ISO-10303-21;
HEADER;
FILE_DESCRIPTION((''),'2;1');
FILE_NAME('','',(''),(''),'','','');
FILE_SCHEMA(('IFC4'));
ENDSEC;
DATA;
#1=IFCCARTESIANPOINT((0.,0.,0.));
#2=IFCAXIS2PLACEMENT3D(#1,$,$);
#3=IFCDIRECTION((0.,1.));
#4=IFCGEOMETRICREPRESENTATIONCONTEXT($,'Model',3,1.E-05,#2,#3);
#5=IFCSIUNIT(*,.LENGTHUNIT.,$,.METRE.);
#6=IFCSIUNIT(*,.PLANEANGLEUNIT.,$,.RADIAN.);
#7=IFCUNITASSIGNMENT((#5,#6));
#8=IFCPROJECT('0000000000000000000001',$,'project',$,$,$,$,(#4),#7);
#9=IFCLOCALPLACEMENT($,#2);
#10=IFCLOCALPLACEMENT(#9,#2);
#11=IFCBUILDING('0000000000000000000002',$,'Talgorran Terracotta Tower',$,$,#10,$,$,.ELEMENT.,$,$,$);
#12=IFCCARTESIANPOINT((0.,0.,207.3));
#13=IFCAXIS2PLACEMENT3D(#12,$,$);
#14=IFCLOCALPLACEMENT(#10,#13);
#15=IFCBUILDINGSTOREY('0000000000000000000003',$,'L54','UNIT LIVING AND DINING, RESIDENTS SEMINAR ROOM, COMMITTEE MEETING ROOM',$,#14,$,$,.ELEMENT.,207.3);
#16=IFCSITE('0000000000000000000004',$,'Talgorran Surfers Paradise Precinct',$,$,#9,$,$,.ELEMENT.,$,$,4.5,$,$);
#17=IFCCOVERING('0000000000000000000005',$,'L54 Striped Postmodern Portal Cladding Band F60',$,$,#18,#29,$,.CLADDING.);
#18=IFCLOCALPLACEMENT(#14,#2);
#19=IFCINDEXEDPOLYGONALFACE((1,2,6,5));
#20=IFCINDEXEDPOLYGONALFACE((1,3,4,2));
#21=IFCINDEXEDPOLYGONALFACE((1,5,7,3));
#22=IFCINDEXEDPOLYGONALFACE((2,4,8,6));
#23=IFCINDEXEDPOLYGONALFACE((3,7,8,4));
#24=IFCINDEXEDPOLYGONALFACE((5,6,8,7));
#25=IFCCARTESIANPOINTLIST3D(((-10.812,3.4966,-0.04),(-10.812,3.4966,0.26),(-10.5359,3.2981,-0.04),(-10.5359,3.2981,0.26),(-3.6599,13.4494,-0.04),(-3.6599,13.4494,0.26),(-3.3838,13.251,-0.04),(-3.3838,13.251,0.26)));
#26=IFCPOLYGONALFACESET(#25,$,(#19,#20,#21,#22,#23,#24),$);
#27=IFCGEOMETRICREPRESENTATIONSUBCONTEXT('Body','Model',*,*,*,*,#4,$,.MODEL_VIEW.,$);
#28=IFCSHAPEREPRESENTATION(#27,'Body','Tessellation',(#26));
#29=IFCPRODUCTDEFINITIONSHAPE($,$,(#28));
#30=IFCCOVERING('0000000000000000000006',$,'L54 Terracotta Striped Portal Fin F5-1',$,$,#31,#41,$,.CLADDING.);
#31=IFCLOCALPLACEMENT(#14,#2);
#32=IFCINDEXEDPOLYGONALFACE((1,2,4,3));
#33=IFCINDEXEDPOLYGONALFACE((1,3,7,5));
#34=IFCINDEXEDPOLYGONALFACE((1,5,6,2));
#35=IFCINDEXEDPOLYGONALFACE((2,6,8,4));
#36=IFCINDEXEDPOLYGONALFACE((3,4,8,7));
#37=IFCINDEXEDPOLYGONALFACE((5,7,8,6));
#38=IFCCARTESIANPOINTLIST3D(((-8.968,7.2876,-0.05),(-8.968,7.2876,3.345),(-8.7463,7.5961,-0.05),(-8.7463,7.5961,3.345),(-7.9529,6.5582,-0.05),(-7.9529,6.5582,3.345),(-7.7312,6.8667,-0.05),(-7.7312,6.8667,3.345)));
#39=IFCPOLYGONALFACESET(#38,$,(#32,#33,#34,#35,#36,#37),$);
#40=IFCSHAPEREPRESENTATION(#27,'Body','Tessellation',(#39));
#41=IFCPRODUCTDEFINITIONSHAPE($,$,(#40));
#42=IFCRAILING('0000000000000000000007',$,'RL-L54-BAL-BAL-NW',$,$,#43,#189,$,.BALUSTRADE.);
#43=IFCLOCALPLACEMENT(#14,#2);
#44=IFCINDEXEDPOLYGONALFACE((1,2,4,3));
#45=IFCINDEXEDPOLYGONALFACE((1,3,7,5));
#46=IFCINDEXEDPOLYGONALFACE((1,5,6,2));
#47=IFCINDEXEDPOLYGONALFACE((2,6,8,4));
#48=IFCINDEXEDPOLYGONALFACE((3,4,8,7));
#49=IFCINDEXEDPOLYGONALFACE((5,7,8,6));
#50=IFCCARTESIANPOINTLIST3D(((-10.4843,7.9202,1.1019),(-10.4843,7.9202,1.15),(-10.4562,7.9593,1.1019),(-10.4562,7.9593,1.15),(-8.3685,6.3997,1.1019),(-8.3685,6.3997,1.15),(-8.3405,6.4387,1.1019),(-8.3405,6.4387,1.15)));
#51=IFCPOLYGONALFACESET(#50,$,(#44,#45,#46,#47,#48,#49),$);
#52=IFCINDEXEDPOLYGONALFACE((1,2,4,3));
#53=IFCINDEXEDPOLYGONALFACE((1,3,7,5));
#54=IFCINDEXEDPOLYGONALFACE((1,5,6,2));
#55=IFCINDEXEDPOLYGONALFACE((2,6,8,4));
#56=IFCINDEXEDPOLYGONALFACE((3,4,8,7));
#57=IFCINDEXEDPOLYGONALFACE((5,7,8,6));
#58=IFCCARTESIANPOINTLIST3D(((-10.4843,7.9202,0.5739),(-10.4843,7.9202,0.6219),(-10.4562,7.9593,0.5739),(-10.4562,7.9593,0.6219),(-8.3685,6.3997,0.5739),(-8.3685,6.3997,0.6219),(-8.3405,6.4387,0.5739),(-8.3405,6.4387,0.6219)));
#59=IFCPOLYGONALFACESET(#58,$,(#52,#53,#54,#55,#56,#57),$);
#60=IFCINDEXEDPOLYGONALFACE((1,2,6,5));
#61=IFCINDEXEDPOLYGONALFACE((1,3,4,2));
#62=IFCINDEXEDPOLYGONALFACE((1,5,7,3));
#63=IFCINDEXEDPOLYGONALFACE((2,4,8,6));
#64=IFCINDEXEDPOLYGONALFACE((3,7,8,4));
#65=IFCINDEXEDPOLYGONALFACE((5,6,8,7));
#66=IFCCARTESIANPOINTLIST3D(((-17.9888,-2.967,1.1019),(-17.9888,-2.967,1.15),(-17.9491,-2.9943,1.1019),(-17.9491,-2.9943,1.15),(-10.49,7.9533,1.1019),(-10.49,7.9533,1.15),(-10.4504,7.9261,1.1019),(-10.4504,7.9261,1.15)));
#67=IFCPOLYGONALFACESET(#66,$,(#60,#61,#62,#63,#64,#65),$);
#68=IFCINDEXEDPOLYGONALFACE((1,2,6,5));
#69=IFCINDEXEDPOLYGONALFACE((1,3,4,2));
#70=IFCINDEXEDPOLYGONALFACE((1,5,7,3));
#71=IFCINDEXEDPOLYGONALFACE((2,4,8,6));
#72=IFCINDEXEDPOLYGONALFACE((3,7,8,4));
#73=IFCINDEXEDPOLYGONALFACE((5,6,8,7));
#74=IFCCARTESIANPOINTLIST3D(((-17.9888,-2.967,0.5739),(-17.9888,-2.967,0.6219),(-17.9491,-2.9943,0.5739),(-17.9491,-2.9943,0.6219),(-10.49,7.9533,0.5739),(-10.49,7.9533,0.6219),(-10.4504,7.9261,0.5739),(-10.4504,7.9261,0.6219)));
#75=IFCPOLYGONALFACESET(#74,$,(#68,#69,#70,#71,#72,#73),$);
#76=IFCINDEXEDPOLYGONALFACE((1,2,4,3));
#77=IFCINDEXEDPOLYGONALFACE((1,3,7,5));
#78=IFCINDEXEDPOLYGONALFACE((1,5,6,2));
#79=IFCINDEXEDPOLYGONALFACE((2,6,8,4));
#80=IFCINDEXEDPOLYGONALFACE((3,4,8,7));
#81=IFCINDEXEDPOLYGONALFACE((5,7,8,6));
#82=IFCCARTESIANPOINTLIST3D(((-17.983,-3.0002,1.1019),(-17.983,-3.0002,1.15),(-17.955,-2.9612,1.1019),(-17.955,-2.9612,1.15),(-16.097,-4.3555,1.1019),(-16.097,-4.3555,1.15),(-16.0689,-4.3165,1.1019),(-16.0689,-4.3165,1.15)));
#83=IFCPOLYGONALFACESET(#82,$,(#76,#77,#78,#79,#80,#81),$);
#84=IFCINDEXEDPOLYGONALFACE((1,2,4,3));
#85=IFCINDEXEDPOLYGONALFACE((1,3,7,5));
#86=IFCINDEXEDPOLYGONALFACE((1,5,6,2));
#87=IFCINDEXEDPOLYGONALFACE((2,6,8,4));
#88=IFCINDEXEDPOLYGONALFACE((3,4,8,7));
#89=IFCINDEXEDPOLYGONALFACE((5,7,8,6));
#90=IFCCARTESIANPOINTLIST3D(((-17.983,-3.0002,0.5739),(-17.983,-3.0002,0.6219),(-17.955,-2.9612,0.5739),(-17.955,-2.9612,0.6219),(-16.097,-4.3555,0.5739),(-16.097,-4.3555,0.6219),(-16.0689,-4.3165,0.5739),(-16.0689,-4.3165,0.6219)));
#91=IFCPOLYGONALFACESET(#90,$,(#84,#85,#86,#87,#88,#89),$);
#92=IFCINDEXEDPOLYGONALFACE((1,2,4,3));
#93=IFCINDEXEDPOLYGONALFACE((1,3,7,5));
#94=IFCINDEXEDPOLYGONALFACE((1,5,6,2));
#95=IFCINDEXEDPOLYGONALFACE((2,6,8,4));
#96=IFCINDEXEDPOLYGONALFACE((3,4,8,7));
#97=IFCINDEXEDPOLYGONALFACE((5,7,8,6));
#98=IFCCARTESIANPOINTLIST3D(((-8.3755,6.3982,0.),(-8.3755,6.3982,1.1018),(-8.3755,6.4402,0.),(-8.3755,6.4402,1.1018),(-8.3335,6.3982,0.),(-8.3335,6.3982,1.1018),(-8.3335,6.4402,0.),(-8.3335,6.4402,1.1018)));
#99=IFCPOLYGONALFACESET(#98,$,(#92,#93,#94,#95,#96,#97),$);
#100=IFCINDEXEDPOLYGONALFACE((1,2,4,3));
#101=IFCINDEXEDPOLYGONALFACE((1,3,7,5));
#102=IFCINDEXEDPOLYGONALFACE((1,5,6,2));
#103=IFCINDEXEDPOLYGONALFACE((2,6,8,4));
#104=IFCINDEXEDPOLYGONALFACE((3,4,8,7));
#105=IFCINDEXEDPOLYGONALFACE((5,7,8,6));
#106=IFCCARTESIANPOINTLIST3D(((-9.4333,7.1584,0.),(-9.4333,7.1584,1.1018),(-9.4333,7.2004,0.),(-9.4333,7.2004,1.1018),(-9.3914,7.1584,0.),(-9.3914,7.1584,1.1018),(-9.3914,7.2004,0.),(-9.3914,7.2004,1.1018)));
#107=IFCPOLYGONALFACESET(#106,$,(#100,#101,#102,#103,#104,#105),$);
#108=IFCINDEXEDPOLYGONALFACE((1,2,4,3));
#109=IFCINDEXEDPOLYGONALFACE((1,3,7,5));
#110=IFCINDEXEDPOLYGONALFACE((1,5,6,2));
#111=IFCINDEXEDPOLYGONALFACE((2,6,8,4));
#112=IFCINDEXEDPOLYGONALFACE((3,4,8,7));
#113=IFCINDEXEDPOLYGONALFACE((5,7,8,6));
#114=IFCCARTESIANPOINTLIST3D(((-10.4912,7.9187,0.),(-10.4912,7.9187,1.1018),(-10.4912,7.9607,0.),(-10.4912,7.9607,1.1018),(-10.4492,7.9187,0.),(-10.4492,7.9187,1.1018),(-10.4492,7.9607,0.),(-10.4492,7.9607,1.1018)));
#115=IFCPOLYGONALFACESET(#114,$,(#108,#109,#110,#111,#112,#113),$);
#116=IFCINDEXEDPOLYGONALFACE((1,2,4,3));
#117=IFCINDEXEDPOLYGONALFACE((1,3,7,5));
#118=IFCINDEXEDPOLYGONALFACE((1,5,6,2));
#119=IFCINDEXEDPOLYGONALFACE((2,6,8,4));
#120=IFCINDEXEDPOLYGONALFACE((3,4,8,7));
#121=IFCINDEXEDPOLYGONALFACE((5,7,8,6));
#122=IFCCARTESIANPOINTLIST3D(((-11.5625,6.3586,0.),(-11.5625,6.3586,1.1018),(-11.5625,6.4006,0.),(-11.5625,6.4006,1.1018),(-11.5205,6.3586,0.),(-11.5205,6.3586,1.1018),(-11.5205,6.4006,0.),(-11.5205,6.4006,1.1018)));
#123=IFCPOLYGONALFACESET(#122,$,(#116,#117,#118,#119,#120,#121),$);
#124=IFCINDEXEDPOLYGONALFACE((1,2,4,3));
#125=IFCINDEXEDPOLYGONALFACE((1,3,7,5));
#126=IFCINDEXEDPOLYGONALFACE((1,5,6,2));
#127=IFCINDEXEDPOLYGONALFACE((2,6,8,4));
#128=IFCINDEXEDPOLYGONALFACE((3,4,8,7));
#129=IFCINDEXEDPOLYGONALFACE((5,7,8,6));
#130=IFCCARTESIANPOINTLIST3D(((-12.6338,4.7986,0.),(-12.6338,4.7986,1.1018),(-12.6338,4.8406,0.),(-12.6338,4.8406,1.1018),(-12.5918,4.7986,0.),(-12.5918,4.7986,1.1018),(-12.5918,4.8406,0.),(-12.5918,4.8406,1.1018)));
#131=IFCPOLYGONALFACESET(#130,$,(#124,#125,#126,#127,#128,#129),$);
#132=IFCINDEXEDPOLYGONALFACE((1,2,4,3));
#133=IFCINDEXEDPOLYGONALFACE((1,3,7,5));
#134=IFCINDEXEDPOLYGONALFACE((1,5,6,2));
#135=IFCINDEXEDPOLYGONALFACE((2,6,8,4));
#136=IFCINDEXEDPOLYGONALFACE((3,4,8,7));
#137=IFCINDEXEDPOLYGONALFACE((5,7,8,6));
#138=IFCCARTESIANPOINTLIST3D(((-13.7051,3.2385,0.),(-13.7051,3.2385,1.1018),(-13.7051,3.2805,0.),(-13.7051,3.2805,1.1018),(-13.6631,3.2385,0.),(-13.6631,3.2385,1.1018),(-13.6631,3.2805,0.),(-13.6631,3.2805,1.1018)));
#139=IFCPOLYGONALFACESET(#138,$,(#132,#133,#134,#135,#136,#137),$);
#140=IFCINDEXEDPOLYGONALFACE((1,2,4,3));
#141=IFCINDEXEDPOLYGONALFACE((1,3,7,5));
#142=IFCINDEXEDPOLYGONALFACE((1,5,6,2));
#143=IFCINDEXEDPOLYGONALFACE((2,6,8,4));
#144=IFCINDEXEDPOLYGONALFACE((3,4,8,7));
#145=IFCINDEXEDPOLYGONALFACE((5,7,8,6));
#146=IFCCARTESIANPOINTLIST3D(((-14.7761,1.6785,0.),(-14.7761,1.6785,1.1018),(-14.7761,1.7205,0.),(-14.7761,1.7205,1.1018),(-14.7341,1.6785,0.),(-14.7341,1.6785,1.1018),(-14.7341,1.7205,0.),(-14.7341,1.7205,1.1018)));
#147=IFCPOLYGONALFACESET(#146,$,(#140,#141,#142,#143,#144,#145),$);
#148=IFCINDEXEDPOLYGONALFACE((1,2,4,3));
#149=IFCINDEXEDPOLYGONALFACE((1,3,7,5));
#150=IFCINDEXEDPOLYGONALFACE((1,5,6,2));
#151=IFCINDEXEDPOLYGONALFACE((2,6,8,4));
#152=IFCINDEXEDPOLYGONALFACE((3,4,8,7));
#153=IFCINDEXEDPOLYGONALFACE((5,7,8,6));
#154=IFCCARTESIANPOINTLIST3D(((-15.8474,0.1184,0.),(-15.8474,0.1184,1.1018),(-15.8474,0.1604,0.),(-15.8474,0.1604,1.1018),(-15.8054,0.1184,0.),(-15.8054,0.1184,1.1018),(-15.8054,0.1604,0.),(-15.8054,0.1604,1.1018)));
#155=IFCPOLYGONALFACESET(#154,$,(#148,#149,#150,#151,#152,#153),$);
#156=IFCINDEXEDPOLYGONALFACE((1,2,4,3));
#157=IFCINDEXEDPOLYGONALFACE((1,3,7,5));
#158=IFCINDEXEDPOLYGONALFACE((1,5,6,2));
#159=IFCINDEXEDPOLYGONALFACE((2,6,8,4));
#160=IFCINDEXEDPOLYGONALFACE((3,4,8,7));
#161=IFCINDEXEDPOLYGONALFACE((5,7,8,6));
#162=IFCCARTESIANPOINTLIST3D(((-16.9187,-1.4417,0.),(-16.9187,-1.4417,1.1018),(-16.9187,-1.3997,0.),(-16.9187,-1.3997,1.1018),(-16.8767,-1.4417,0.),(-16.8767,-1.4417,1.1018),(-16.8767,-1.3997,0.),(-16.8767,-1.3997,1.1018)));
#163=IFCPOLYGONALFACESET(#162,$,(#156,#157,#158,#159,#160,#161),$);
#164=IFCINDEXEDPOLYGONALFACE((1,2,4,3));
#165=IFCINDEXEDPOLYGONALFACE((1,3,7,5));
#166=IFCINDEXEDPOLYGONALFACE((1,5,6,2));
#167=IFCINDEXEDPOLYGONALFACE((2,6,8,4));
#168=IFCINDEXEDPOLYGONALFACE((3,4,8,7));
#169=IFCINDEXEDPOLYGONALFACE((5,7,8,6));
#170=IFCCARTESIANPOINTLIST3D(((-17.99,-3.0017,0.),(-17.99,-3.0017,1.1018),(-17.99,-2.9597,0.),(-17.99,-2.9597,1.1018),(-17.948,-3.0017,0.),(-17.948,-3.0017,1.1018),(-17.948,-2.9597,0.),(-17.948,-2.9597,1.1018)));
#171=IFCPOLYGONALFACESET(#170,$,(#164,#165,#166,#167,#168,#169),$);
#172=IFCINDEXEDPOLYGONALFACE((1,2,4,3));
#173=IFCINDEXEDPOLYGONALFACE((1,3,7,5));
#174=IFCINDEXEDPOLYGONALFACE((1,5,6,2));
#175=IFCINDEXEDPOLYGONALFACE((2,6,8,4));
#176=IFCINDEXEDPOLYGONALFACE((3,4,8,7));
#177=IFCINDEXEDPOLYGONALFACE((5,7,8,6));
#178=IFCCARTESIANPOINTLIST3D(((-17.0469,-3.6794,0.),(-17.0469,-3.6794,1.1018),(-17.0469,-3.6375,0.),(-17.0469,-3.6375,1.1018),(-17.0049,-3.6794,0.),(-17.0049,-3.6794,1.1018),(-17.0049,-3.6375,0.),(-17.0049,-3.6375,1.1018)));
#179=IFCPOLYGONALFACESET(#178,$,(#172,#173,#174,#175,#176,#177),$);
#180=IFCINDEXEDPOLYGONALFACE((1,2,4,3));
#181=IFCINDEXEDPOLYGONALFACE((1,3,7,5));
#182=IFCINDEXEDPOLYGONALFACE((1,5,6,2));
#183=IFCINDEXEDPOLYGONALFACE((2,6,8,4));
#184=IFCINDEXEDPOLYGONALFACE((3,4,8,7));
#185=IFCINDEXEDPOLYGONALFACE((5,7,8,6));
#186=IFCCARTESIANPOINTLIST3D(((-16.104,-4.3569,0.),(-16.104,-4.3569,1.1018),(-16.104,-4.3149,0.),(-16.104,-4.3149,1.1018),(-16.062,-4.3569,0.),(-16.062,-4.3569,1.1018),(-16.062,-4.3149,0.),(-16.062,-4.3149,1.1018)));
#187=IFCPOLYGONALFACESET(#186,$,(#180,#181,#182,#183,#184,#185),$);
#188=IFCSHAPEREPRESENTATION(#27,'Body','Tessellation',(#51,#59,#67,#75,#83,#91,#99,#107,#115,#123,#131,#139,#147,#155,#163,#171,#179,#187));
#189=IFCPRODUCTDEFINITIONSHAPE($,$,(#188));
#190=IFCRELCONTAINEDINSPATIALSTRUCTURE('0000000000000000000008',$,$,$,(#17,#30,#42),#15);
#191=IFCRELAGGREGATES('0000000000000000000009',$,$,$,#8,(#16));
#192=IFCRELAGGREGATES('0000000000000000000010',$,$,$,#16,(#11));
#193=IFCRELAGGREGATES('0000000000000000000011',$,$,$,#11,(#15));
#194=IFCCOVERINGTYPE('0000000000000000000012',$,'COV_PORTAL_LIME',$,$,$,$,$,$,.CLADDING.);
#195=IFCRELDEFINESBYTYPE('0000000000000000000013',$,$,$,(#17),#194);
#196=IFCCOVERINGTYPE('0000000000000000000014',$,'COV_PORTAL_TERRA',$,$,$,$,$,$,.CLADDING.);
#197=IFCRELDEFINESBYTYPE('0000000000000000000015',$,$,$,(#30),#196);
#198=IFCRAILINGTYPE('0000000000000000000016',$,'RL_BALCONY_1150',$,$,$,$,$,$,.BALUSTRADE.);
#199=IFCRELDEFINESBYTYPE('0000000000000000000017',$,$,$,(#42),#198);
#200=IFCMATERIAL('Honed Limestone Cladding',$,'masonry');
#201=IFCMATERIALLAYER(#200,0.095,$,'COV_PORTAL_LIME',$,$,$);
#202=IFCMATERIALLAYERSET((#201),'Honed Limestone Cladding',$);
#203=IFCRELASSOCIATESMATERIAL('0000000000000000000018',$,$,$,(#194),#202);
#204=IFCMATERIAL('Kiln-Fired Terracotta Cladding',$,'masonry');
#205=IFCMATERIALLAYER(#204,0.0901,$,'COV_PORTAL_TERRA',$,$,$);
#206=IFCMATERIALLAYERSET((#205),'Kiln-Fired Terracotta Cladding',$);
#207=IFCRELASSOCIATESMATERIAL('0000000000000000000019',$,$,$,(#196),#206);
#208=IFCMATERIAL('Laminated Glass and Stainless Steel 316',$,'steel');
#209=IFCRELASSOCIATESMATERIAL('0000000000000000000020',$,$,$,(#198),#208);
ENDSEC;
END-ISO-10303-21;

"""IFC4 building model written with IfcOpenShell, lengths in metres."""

from ifc_helpers import new_model, si_unit, direction, frame, origin, origin_2d, place, context, subcontext, project, spatial, rectangle, extrude, material, layer, layer_set, type_object, element, save


model = new_model("IFC4")

# Units and contexts
model_context = context("Model", 3, precision=1e-05, world=origin(), true_north=direction((0.0, 1.0)))
body_context = subcontext(model_context, "Body", "Model", "MODEL_VIEW")
ifc_project = project(units=[si_unit("LENGTHUNIT", "METRE"), si_unit("PLANEANGLEUNIT", "RADIAN")], contexts=[model_context])

# Site, building, storey
site_placement = place(None, origin())
site = spatial("IfcSite", under=ifc_project, at=site_placement, Name="Talgorran Surfers Paradise Precinct", CompositionType="ELEMENT", RefElevation=4.5)
building_placement = place(site_placement, origin())
building = spatial("IfcBuilding", under=site, at=building_placement, Name="Talgorran Terracotta Tower", CompositionType="ELEMENT")
storey_placement = place(building_placement, frame((0.0, 0.0, 207.3)))
storey = spatial("IfcBuildingStorey", under=building, at=storey_placement, Name="L54", Description="UNIT LIVING AND DINING, RESIDENTS SEMINAR ROOM, COMMITTEE MEETING ROOM", CompositionType="ELEMENT", Elevation=207.3)

# Coverings
ifc_material_1 = material(Name="Honed Limestone Cladding", Category="masonry")
ifc_layer_1 = layer(ifc_material_1, 0.095, Name="COV_PORTAL_LIME")
ifc_layer_set_1 = layer_set([ifc_layer_1], Name="Honed Limestone Cladding")
covering_type_1 = type_object("IfcCoveringType", Name="COV_PORTAL_LIME", PredefinedType="CLADDING", material=ifc_layer_set_1)
covering_1_placement = place(storey_placement, frame((-7.0979, 8.3738, -0.04), z_axis=(0.0, 0.0, 1.0), x_axis=(-0.583555, -0.812073, 0.0)))
element("IfcCovering", 1, at=covering_1_placement, inside=storey, type_object=covering_type_1, Name="L54 Striped Postmodern Portal Cladding Band F60", PredefinedType="CLADDING", context=body_context, shape_type="SweptSolid", body=[
    extrude(rectangle(XDim=12.2561, YDim=0.3401, at=origin_2d()), origin(), (0.0, 0.0, 1.0), 0.3),
])
ifc_material_2 = material(Name="Kiln-Fired Terracotta Cladding", Category="masonry")
ifc_layer_2 = layer(ifc_material_2, 0.0901, Name="COV_PORTAL_TERRA")
ifc_layer_set_2 = layer_set([ifc_layer_2], Name="Kiln-Fired Terracotta Cladding")
covering_type_2 = type_object("IfcCoveringType", Name="COV_PORTAL_TERRA", PredefinedType="CLADDING", material=ifc_layer_set_2)
covering_2_placement = place(storey_placement, frame((-8.3496, 7.0771, -0.05), z_axis=(0.0, 0.0, 1.0), x_axis=(-0.583555, -0.812073, 0.0)))
element("IfcCovering", 2, at=covering_2_placement, inside=storey, type_object=covering_type_2, Name="L54 Terracotta Striped Portal Fin F5-1", PredefinedType="CLADDING", context=body_context, shape_type="SweptSolid", body=[
    extrude(rectangle(XDim=0.3799, YDim=1.25, at=origin_2d()), origin(), (0.0, 0.0, 1.0), 3.395),
])

# Railing
ifc_material_3 = material(Name="Laminated Glass and Stainless Steel 316", Category="steel")
railing_type = type_object("IfcRailingType", Name="RL_BALCONY_1150", PredefinedType="BALUSTRADE", material=ifc_material_3)
railing_placement = place(storey_placement, frame((-8.3545, 6.4192, 0.0)))
element("IfcRailing", 3, at=railing_placement, inside=storey, type_object=railing_type, Name="RL-L54-BAL-BAL-NW", PredefinedType="BALUSTRADE", context=body_context, shape_type="SweptSolid", body=[
    extrude(rectangle(XDim=0.0481, YDim=0.0481, at=origin_2d()), frame((0.0, 0.0, 1.126), z_axis=(-0.812046, 0.583594, 0.0), x_axis=(-0.583594, -0.812046, 0.0)), (0.0, 0.0, 1.0), 2.6055),
    extrude(rectangle(XDim=0.0481, YDim=0.0481, at=origin_2d()), frame((0.0, 0.0, 0.5979), z_axis=(-0.812046, 0.583594, 0.0), x_axis=(-0.583594, -0.812046, 0.0)), (0.0, 0.0, 1.0), 2.6055),
    extrude(rectangle(XDim=0.0481, YDim=0.0481, at=origin_2d()), frame((-2.1157, 1.5205, 1.126), z_axis=(-0.566067, -0.824359, 0.0), x_axis=(0.824359, -0.566067, 0.0)), (0.0, 0.0, 1.0), 13.2471),
    extrude(rectangle(XDim=0.0481, YDim=0.0481, at=origin_2d()), frame((-2.1157, 1.5205, 0.5979), z_axis=(-0.566067, -0.824359, 0.0), x_axis=(0.824359, -0.566067, 0.0)), (0.0, 0.0, 1.0), 13.2471),
    extrude(rectangle(XDim=0.0481, YDim=0.0481, at=origin_2d()), frame((-9.6145, -9.3999, 1.126), z_axis=(0.812082, -0.583543, 0.0), x_axis=(0.583543, 0.812082, 0.0)), (0.0, 0.0, 1.0), 2.3225),
    extrude(rectangle(XDim=0.0481, YDim=0.0481, at=origin_2d()), frame((-9.6145, -9.3999, 0.5979), z_axis=(0.812082, -0.583543, 0.0), x_axis=(0.583543, 0.812082, 0.0)), (0.0, 0.0, 1.0), 2.3225),
    extrude(rectangle(XDim=0.042, YDim=0.042, at=origin_2d()), origin(), (0.0, 0.0, 1.0), 1.1018),
    extrude(rectangle(XDim=0.042, YDim=0.042, at=origin_2d()), frame((-1.0579, 0.7603, 0.0)), (0.0, 0.0, 1.0), 1.1018),
    extrude(rectangle(XDim=0.042, YDim=0.042, at=origin_2d()), frame((-2.1157, 1.5205, 0.0)), (0.0, 0.0, 1.0), 1.1018),
    extrude(rectangle(XDim=0.042, YDim=0.042, at=origin_2d()), frame((-3.187, -0.0396, 0.0)), (0.0, 0.0, 1.0), 1.1018),
    extrude(rectangle(XDim=0.042, YDim=0.042, at=origin_2d()), frame((-4.2583, -1.5996, 0.0)), (0.0, 0.0, 1.0), 1.1018),
    extrude(rectangle(XDim=0.042, YDim=0.042, at=origin_2d()), frame((-5.3296, -3.1597, 0.0)), (0.0, 0.0, 1.0), 1.1018),
    extrude(rectangle(XDim=0.042, YDim=0.042, at=origin_2d()), frame((-6.4006, -4.7197, 0.0)), (0.0, 0.0, 1.0), 1.1018),
    extrude(rectangle(XDim=0.042, YDim=0.042, at=origin_2d()), frame((-7.4719, -6.2798, 0.0)), (0.0, 0.0, 1.0), 1.1018),
    extrude(rectangle(XDim=0.042, YDim=0.042, at=origin_2d()), frame((-8.5432, -7.8398, 0.0)), (0.0, 0.0, 1.0), 1.1018),
    extrude(rectangle(XDim=0.042, YDim=0.042, at=origin_2d()), frame((-9.6145, -9.3999, 0.0)), (0.0, 0.0, 1.0), 1.1018),
    extrude(rectangle(XDim=0.042, YDim=0.042, at=origin_2d()), frame((-8.6714, -10.0776, 0.0)), (0.0, 0.0, 1.0), 1.1018),
    extrude(rectangle(XDim=0.042, YDim=0.042, at=origin_2d()), frame((-7.7285, -10.7551, 0.0)), (0.0, 0.0, 1.0), 1.1018),
])

save(model, "model.ifc")
